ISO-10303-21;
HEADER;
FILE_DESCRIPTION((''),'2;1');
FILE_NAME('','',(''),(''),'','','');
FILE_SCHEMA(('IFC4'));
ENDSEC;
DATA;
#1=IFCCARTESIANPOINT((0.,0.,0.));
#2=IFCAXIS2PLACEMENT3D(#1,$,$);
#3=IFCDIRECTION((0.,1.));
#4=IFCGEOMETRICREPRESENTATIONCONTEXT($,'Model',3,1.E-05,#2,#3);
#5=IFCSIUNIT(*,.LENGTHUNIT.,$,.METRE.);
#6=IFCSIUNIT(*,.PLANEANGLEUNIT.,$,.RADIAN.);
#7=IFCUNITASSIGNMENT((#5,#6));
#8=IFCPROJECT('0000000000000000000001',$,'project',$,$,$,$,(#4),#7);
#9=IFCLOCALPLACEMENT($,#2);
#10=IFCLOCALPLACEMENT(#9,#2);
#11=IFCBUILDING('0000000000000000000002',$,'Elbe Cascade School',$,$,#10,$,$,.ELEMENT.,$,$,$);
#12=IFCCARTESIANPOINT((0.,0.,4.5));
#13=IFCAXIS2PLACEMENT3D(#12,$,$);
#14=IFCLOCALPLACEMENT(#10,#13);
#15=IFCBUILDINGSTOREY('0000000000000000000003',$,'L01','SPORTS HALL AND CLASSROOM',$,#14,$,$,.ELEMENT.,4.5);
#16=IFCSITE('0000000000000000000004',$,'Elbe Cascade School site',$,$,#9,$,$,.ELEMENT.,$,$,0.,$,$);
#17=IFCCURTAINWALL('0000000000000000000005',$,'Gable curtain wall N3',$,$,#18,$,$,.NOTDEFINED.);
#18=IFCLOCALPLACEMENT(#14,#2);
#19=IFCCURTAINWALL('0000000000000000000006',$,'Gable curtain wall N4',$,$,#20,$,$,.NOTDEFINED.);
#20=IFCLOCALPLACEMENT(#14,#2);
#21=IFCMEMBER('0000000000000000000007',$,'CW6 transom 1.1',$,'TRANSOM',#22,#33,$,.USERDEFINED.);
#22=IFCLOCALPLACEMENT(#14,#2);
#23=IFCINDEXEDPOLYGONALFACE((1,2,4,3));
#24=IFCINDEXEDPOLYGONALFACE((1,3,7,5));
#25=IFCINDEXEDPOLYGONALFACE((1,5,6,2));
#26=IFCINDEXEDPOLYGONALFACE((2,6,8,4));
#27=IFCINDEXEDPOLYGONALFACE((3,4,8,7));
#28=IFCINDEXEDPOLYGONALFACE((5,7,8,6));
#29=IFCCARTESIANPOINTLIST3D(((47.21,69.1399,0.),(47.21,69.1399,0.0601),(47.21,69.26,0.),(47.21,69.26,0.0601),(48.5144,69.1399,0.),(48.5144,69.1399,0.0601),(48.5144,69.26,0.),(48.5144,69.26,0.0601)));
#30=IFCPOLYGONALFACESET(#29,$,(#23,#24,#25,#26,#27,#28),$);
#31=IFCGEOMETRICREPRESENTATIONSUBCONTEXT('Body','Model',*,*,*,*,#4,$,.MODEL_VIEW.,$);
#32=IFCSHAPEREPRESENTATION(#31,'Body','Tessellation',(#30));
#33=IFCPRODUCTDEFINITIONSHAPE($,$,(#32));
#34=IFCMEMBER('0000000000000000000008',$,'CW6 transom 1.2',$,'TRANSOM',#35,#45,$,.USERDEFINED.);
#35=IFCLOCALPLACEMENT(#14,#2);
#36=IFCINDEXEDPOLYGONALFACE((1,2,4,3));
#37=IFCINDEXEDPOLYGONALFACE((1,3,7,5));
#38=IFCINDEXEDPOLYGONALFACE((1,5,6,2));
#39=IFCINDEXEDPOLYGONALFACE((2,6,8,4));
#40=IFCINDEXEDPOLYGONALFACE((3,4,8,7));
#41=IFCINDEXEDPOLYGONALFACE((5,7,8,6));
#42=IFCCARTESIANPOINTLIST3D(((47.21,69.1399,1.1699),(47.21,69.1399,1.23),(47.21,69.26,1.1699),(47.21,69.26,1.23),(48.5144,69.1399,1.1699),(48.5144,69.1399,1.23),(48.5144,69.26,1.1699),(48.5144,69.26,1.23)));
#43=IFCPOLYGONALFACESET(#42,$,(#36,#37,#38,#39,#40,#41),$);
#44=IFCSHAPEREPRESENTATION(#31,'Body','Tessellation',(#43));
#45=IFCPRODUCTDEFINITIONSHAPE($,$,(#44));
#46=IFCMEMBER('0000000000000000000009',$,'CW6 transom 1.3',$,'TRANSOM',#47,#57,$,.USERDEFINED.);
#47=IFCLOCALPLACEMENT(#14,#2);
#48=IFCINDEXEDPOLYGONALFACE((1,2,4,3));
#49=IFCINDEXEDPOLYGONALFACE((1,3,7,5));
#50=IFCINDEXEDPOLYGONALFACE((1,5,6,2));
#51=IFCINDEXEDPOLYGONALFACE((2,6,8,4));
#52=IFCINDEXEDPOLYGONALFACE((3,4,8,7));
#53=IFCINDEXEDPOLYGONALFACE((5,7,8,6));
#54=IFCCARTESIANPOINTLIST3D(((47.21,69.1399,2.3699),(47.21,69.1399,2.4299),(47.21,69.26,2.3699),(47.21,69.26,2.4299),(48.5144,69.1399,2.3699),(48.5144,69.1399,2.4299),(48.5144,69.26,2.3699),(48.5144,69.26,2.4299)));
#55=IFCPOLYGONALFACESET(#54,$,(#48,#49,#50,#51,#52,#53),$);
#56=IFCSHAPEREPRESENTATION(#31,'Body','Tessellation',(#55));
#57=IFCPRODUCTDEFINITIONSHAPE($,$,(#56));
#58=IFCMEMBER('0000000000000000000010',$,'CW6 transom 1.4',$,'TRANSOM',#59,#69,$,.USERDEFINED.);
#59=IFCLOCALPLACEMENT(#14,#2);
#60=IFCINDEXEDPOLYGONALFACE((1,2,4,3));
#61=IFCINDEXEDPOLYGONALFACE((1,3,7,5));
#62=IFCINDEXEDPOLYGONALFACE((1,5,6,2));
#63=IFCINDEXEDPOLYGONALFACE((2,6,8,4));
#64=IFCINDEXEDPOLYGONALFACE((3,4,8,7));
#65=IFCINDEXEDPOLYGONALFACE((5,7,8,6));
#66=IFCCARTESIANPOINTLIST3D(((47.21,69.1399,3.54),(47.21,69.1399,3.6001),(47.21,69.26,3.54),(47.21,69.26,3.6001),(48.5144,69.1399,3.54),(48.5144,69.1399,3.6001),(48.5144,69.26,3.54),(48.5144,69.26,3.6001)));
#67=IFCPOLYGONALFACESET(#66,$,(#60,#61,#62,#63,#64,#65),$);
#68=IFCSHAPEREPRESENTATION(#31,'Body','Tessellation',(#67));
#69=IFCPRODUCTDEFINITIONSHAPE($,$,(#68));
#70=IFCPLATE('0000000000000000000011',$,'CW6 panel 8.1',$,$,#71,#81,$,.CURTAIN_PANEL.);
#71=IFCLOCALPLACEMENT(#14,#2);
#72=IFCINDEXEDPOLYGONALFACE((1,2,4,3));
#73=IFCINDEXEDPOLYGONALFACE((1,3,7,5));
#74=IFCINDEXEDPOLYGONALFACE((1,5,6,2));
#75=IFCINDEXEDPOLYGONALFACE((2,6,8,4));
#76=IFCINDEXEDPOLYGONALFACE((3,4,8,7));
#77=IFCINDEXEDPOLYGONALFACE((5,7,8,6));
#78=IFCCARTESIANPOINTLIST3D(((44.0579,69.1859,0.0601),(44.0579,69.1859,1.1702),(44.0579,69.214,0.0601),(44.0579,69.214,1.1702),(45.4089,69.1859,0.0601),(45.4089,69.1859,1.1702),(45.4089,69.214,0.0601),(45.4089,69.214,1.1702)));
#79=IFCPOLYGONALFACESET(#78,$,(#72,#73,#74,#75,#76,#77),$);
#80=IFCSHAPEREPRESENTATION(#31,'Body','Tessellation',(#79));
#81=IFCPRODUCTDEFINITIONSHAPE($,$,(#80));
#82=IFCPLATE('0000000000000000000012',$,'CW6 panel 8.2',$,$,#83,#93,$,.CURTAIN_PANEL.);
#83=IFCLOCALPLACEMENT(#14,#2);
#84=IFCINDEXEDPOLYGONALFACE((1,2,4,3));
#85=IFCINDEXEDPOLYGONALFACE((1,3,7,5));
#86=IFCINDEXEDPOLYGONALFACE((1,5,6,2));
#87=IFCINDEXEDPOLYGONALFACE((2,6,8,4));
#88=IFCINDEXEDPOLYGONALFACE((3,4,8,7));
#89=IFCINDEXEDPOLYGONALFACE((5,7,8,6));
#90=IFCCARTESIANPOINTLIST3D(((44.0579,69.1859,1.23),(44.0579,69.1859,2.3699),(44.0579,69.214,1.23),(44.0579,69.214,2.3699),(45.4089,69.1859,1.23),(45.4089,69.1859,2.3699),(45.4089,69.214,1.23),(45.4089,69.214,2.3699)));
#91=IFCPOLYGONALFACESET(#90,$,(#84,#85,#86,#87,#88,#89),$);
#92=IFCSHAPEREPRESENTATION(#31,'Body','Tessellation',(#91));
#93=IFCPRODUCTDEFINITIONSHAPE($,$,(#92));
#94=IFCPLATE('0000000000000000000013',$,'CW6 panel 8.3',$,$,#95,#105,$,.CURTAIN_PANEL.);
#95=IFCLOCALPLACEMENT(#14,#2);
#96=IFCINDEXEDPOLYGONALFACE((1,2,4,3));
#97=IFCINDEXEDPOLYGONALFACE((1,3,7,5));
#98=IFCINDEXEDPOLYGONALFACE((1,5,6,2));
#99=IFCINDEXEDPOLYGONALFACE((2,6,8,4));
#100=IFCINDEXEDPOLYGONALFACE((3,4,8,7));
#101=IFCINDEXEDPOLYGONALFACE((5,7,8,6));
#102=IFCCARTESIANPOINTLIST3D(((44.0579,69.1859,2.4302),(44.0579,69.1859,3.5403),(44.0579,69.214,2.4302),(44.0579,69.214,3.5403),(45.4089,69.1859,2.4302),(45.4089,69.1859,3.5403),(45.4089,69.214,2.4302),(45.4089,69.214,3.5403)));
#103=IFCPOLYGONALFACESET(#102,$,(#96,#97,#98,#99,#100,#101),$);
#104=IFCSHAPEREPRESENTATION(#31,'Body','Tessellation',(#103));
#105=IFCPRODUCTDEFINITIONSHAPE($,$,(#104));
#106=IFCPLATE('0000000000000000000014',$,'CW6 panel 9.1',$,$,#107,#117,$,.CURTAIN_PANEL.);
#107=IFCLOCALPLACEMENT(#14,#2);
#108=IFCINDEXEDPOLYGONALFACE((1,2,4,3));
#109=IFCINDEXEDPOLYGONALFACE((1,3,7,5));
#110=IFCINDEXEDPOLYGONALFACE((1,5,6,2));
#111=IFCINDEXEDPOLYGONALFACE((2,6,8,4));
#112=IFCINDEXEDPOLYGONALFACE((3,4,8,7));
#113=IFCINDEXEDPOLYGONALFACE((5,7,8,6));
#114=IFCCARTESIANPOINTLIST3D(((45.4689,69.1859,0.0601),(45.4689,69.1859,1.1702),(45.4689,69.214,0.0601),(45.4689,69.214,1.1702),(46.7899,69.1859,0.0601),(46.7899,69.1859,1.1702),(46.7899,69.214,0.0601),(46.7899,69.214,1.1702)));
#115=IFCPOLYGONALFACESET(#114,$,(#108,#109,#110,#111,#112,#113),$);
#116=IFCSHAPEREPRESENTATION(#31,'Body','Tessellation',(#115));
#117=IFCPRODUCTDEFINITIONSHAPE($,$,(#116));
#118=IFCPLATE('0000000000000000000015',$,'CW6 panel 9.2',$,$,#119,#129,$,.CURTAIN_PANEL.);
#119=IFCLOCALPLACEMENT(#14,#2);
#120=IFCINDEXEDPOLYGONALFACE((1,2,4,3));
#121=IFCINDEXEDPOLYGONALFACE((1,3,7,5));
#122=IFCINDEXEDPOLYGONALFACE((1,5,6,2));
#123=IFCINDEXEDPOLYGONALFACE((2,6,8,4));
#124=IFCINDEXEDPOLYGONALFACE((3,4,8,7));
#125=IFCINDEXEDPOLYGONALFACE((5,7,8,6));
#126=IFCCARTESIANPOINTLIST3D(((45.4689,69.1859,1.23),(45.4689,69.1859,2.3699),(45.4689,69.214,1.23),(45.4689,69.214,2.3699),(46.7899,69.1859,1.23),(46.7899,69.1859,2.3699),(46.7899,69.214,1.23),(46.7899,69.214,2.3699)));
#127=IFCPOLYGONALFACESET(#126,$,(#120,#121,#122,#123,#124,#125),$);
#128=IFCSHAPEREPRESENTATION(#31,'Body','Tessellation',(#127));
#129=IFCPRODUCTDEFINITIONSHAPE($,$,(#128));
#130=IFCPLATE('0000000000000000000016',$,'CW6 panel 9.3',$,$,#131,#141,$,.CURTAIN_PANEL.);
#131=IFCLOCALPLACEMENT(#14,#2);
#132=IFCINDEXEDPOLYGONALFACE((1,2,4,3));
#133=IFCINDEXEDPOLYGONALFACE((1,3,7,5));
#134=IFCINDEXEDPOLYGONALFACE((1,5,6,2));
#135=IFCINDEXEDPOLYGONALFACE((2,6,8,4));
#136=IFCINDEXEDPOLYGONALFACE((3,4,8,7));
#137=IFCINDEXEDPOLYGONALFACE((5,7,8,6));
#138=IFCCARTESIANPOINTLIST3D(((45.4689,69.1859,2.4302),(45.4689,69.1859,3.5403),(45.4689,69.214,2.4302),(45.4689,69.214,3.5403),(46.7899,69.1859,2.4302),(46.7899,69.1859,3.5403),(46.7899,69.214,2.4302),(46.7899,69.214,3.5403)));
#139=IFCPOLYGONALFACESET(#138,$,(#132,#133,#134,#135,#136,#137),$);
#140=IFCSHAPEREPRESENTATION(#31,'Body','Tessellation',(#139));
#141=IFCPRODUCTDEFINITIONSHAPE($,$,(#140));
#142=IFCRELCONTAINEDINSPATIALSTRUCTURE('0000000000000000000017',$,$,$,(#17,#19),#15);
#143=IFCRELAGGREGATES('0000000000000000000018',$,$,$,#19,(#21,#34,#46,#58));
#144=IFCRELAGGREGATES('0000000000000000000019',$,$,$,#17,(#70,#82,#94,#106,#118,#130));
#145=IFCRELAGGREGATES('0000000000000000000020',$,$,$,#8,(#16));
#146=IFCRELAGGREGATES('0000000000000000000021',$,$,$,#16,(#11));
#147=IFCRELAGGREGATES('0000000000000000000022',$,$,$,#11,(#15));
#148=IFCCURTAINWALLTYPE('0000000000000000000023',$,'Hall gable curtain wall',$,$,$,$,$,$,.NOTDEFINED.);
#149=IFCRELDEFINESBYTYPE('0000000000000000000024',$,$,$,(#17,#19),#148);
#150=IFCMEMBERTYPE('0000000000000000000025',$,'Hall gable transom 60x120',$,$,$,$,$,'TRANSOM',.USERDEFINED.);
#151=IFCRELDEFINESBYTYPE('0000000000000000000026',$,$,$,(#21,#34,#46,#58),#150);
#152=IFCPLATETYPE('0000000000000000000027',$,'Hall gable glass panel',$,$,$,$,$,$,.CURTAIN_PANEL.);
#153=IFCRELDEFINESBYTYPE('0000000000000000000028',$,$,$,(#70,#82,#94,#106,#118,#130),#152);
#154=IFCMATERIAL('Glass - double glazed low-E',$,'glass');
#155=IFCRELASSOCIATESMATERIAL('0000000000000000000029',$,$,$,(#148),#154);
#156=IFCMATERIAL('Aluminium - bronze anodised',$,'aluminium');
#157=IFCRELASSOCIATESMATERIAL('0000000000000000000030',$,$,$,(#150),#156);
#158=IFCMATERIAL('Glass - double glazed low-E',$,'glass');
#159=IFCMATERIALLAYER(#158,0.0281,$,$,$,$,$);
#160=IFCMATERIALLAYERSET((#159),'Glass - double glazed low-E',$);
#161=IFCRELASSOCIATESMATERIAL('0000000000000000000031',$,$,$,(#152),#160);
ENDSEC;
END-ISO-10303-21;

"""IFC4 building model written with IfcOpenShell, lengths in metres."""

from ifc_helpers import new_model, si_unit, direction, frame, origin, origin_2d, place, context, subcontext, project, spatial, rectangle, extrude, material, layer, layer_set, material_profile, profile_set, type_object, element, aggregate, save


model = new_model("IFC4")

# Units and contexts
model_context = context("Model", 3, precision=1e-05, world=origin(), true_north=direction((0.0, 1.0)))
body_context = subcontext(model_context, "Body", "Model", "MODEL_VIEW")
ifc_project = project(units=[si_unit("LENGTHUNIT", "METRE"), si_unit("PLANEANGLEUNIT", "RADIAN")], contexts=[model_context])

# Site, building, storey
site_placement = place(None, origin())
site = spatial("IfcSite", under=ifc_project, at=site_placement, Name="Elbe Cascade School site", CompositionType="ELEMENT", RefElevation=0.0)
building_placement = place(site_placement, origin())
building = spatial("IfcBuilding", under=site, at=building_placement, Name="Elbe Cascade School", CompositionType="ELEMENT")
storey_placement = place(building_placement, frame((0.0, 0.0, 4.5)))
storey = spatial("IfcBuildingStorey", under=building, at=storey_placement, Name="L01", Description="SPORTS HALL AND CLASSROOM", CompositionType="ELEMENT", Elevation=4.5)

# Curtain wall
ifc_material_1 = material(Name="Glass - double glazed low-E", Category="glass")
curtain_wall_type = type_object("IfcCurtainWallType", Name="Hall gable curtain wall", PredefinedType="NOTDEFINED", material=ifc_material_1)
curtain_wall_1_placement = place(storey_placement, origin())
curtain_wall_1 = element("IfcCurtainWall", 1, at=curtain_wall_1_placement, inside=storey, type_object=curtain_wall_type, Name="Gable curtain wall N3", PredefinedType="NOTDEFINED")

# Curtain wall
curtain_wall_2_placement = place(storey_placement, origin())
curtain_wall_2 = element("IfcCurtainWall", 2, at=curtain_wall_2_placement, inside=storey, type_object=curtain_wall_type, Name="Gable curtain wall N4", PredefinedType="NOTDEFINED")

# Members
ifc_material_2 = material(Name="Aluminium - bronze anodised", Category="aluminium")
ifc_material_profile_1 = material_profile(ifc_material_2, rectangle(XDim=0.1201, YDim=0.0601, at=origin_2d()), Name="Alu 60x120")
ifc_profile_set_1 = profile_set([ifc_material_profile_1], Name="Aluminium - bronze anodised")
member_type_1 = type_object("IfcMemberType", Name="Hall gable transom 60x120", ElementType="TRANSOM", PredefinedType="USERDEFINED", material=ifc_profile_set_1)
member_1_placement = place(storey_placement, frame((47.21, 69.2, 0.03), z_axis=(1.0, 0.0, 0.0), x_axis=(0.0, 1.0, 0.0)))
member_1 = element("IfcMember", 3, at=member_1_placement, type_object=member_type_1, Name="CW6 transom 1.1", ObjectType="TRANSOM", PredefinedType="USERDEFINED", context=body_context, shape_type="SweptSolid", body=[
    extrude(rectangle(XDim=0.1201, YDim=0.0601, at=origin_2d()), origin(), (0.0, 0.0, 1.0), 1.3044),
])
member_2_placement = place(storey_placement, frame((47.21, 69.2, 1.2), z_axis=(1.0, 0.0, 0.0), x_axis=(0.0, 1.0, 0.0)))
member_2 = element("IfcMember", 4, at=member_2_placement, type_object=member_type_1, Name="CW6 transom 1.2", ObjectType="TRANSOM", PredefinedType="USERDEFINED", context=body_context, shape_type="SweptSolid", body=[
    extrude(rectangle(XDim=0.1201, YDim=0.0601, at=origin_2d()), origin(), (0.0, 0.0, 1.0), 1.3044),
])
member_3_placement = place(storey_placement, frame((47.21, 69.2, 2.3999), z_axis=(1.0, 0.0, 0.0), x_axis=(0.0, 1.0, 0.0)))
member_3 = element("IfcMember", 5, at=member_3_placement, type_object=member_type_1, Name="CW6 transom 1.3", ObjectType="TRANSOM", PredefinedType="USERDEFINED", context=body_context, shape_type="SweptSolid", body=[
    extrude(rectangle(XDim=0.1201, YDim=0.0601, at=origin_2d()), origin(), (0.0, 0.0, 1.0), 1.3044),
])
member_4_placement = place(storey_placement, frame((47.21, 69.2, 3.5701), z_axis=(1.0, 0.0, 0.0), x_axis=(0.0, 1.0, 0.0)))
member_4 = element("IfcMember", 6, at=member_4_placement, type_object=member_type_1, Name="CW6 transom 1.4", ObjectType="TRANSOM", PredefinedType="USERDEFINED", context=body_context, shape_type="SweptSolid", body=[
    extrude(rectangle(XDim=0.1201, YDim=0.0601, at=origin_2d()), origin(), (0.0, 0.0, 1.0), 1.3044),
])
aggregate(curtain_wall_2, [member_1, member_2, member_3, member_4])

# Plates
ifc_material_3 = material(Name="Glass - double glazed low-E", Category="glass")
ifc_layer = layer(ifc_material_3, 0.0281)
ifc_layer_set = layer_set([ifc_layer], Name="Glass - double glazed low-E")
plate_type = type_object("IfcPlateType", Name="Hall gable glass panel", PredefinedType="CURTAIN_PANEL", material=ifc_layer_set)
plate_1_placement = place(storey_placement, frame((44.7334, 69.2, 0.0601), z_axis=(0.0, 0.0, 1.0), x_axis=(1.0, 0.0, 0.0)))
plate_1 = element("IfcPlate", 7, at=plate_1_placement, type_object=plate_type, Name="CW6 panel 8.1", PredefinedType="CURTAIN_PANEL", context=body_context, shape_type="SweptSolid", body=[
    extrude(rectangle(XDim=1.3511, YDim=0.0281, at=origin_2d()), origin(), (0.0, 0.0, 1.0), 1.1101),
])
plate_2_placement = place(storey_placement, frame((44.7334, 69.2, 1.23), z_axis=(0.0, 0.0, 1.0), x_axis=(1.0, 0.0, 0.0)))
plate_2 = element("IfcPlate", 8, at=plate_2_placement, type_object=plate_type, Name="CW6 panel 8.2", PredefinedType="CURTAIN_PANEL", context=body_context, shape_type="SweptSolid", body=[
    extrude(rectangle(XDim=1.3511, YDim=0.0281, at=origin_2d()), origin(), (0.0, 0.0, 1.0), 1.1399),
])
plate_3_placement = place(storey_placement, frame((44.7334, 69.2, 2.4302), z_axis=(0.0, 0.0, 1.0), x_axis=(1.0, 0.0, 0.0)))
plate_3 = element("IfcPlate", 9, at=plate_3_placement, type_object=plate_type, Name="CW6 panel 8.3", PredefinedType="CURTAIN_PANEL", context=body_context, shape_type="SweptSolid", body=[
    extrude(rectangle(XDim=1.3511, YDim=0.0281, at=origin_2d()), origin(), (0.0, 0.0, 1.0), 1.1101),
])
plate_4_placement = place(storey_placement, frame((46.1294, 69.2, 0.0601), z_axis=(0.0, 0.0, 1.0), x_axis=(1.0, 0.0, 0.0)))
plate_4 = element("IfcPlate", 10, at=plate_4_placement, type_object=plate_type, Name="CW6 panel 9.1", PredefinedType="CURTAIN_PANEL", context=body_context, shape_type="SweptSolid", body=[
    extrude(rectangle(XDim=1.321, YDim=0.0281, at=origin_2d()), origin(), (0.0, 0.0, 1.0), 1.1101),
])
plate_5_placement = place(storey_placement, frame((46.1294, 69.2, 1.23), z_axis=(0.0, 0.0, 1.0), x_axis=(1.0, 0.0, 0.0)))
plate_5 = element("IfcPlate", 11, at=plate_5_placement, type_object=plate_type, Name="CW6 panel 9.2", PredefinedType="CURTAIN_PANEL", context=body_context, shape_type="SweptSolid", body=[
    extrude(rectangle(XDim=1.321, YDim=0.0281, at=origin_2d()), origin(), (0.0, 0.0, 1.0), 1.1399),
])
plate_6_placement = place(storey_placement, frame((46.1294, 69.2, 2.4302), z_axis=(0.0, 0.0, 1.0), x_axis=(1.0, 0.0, 0.0)))
plate_6 = element("IfcPlate", 12, at=plate_6_placement, type_object=plate_type, Name="CW6 panel 9.3", PredefinedType="CURTAIN_PANEL", context=body_context, shape_type="SweptSolid", body=[
    extrude(rectangle(XDim=1.321, YDim=0.0281, at=origin_2d()), origin(), (0.0, 0.0, 1.0), 1.1101),
])
aggregate(curtain_wall_1, [plate_1, plate_2, plate_3, plate_4, plate_5, plate_6])

save(model, "model.ifc")
